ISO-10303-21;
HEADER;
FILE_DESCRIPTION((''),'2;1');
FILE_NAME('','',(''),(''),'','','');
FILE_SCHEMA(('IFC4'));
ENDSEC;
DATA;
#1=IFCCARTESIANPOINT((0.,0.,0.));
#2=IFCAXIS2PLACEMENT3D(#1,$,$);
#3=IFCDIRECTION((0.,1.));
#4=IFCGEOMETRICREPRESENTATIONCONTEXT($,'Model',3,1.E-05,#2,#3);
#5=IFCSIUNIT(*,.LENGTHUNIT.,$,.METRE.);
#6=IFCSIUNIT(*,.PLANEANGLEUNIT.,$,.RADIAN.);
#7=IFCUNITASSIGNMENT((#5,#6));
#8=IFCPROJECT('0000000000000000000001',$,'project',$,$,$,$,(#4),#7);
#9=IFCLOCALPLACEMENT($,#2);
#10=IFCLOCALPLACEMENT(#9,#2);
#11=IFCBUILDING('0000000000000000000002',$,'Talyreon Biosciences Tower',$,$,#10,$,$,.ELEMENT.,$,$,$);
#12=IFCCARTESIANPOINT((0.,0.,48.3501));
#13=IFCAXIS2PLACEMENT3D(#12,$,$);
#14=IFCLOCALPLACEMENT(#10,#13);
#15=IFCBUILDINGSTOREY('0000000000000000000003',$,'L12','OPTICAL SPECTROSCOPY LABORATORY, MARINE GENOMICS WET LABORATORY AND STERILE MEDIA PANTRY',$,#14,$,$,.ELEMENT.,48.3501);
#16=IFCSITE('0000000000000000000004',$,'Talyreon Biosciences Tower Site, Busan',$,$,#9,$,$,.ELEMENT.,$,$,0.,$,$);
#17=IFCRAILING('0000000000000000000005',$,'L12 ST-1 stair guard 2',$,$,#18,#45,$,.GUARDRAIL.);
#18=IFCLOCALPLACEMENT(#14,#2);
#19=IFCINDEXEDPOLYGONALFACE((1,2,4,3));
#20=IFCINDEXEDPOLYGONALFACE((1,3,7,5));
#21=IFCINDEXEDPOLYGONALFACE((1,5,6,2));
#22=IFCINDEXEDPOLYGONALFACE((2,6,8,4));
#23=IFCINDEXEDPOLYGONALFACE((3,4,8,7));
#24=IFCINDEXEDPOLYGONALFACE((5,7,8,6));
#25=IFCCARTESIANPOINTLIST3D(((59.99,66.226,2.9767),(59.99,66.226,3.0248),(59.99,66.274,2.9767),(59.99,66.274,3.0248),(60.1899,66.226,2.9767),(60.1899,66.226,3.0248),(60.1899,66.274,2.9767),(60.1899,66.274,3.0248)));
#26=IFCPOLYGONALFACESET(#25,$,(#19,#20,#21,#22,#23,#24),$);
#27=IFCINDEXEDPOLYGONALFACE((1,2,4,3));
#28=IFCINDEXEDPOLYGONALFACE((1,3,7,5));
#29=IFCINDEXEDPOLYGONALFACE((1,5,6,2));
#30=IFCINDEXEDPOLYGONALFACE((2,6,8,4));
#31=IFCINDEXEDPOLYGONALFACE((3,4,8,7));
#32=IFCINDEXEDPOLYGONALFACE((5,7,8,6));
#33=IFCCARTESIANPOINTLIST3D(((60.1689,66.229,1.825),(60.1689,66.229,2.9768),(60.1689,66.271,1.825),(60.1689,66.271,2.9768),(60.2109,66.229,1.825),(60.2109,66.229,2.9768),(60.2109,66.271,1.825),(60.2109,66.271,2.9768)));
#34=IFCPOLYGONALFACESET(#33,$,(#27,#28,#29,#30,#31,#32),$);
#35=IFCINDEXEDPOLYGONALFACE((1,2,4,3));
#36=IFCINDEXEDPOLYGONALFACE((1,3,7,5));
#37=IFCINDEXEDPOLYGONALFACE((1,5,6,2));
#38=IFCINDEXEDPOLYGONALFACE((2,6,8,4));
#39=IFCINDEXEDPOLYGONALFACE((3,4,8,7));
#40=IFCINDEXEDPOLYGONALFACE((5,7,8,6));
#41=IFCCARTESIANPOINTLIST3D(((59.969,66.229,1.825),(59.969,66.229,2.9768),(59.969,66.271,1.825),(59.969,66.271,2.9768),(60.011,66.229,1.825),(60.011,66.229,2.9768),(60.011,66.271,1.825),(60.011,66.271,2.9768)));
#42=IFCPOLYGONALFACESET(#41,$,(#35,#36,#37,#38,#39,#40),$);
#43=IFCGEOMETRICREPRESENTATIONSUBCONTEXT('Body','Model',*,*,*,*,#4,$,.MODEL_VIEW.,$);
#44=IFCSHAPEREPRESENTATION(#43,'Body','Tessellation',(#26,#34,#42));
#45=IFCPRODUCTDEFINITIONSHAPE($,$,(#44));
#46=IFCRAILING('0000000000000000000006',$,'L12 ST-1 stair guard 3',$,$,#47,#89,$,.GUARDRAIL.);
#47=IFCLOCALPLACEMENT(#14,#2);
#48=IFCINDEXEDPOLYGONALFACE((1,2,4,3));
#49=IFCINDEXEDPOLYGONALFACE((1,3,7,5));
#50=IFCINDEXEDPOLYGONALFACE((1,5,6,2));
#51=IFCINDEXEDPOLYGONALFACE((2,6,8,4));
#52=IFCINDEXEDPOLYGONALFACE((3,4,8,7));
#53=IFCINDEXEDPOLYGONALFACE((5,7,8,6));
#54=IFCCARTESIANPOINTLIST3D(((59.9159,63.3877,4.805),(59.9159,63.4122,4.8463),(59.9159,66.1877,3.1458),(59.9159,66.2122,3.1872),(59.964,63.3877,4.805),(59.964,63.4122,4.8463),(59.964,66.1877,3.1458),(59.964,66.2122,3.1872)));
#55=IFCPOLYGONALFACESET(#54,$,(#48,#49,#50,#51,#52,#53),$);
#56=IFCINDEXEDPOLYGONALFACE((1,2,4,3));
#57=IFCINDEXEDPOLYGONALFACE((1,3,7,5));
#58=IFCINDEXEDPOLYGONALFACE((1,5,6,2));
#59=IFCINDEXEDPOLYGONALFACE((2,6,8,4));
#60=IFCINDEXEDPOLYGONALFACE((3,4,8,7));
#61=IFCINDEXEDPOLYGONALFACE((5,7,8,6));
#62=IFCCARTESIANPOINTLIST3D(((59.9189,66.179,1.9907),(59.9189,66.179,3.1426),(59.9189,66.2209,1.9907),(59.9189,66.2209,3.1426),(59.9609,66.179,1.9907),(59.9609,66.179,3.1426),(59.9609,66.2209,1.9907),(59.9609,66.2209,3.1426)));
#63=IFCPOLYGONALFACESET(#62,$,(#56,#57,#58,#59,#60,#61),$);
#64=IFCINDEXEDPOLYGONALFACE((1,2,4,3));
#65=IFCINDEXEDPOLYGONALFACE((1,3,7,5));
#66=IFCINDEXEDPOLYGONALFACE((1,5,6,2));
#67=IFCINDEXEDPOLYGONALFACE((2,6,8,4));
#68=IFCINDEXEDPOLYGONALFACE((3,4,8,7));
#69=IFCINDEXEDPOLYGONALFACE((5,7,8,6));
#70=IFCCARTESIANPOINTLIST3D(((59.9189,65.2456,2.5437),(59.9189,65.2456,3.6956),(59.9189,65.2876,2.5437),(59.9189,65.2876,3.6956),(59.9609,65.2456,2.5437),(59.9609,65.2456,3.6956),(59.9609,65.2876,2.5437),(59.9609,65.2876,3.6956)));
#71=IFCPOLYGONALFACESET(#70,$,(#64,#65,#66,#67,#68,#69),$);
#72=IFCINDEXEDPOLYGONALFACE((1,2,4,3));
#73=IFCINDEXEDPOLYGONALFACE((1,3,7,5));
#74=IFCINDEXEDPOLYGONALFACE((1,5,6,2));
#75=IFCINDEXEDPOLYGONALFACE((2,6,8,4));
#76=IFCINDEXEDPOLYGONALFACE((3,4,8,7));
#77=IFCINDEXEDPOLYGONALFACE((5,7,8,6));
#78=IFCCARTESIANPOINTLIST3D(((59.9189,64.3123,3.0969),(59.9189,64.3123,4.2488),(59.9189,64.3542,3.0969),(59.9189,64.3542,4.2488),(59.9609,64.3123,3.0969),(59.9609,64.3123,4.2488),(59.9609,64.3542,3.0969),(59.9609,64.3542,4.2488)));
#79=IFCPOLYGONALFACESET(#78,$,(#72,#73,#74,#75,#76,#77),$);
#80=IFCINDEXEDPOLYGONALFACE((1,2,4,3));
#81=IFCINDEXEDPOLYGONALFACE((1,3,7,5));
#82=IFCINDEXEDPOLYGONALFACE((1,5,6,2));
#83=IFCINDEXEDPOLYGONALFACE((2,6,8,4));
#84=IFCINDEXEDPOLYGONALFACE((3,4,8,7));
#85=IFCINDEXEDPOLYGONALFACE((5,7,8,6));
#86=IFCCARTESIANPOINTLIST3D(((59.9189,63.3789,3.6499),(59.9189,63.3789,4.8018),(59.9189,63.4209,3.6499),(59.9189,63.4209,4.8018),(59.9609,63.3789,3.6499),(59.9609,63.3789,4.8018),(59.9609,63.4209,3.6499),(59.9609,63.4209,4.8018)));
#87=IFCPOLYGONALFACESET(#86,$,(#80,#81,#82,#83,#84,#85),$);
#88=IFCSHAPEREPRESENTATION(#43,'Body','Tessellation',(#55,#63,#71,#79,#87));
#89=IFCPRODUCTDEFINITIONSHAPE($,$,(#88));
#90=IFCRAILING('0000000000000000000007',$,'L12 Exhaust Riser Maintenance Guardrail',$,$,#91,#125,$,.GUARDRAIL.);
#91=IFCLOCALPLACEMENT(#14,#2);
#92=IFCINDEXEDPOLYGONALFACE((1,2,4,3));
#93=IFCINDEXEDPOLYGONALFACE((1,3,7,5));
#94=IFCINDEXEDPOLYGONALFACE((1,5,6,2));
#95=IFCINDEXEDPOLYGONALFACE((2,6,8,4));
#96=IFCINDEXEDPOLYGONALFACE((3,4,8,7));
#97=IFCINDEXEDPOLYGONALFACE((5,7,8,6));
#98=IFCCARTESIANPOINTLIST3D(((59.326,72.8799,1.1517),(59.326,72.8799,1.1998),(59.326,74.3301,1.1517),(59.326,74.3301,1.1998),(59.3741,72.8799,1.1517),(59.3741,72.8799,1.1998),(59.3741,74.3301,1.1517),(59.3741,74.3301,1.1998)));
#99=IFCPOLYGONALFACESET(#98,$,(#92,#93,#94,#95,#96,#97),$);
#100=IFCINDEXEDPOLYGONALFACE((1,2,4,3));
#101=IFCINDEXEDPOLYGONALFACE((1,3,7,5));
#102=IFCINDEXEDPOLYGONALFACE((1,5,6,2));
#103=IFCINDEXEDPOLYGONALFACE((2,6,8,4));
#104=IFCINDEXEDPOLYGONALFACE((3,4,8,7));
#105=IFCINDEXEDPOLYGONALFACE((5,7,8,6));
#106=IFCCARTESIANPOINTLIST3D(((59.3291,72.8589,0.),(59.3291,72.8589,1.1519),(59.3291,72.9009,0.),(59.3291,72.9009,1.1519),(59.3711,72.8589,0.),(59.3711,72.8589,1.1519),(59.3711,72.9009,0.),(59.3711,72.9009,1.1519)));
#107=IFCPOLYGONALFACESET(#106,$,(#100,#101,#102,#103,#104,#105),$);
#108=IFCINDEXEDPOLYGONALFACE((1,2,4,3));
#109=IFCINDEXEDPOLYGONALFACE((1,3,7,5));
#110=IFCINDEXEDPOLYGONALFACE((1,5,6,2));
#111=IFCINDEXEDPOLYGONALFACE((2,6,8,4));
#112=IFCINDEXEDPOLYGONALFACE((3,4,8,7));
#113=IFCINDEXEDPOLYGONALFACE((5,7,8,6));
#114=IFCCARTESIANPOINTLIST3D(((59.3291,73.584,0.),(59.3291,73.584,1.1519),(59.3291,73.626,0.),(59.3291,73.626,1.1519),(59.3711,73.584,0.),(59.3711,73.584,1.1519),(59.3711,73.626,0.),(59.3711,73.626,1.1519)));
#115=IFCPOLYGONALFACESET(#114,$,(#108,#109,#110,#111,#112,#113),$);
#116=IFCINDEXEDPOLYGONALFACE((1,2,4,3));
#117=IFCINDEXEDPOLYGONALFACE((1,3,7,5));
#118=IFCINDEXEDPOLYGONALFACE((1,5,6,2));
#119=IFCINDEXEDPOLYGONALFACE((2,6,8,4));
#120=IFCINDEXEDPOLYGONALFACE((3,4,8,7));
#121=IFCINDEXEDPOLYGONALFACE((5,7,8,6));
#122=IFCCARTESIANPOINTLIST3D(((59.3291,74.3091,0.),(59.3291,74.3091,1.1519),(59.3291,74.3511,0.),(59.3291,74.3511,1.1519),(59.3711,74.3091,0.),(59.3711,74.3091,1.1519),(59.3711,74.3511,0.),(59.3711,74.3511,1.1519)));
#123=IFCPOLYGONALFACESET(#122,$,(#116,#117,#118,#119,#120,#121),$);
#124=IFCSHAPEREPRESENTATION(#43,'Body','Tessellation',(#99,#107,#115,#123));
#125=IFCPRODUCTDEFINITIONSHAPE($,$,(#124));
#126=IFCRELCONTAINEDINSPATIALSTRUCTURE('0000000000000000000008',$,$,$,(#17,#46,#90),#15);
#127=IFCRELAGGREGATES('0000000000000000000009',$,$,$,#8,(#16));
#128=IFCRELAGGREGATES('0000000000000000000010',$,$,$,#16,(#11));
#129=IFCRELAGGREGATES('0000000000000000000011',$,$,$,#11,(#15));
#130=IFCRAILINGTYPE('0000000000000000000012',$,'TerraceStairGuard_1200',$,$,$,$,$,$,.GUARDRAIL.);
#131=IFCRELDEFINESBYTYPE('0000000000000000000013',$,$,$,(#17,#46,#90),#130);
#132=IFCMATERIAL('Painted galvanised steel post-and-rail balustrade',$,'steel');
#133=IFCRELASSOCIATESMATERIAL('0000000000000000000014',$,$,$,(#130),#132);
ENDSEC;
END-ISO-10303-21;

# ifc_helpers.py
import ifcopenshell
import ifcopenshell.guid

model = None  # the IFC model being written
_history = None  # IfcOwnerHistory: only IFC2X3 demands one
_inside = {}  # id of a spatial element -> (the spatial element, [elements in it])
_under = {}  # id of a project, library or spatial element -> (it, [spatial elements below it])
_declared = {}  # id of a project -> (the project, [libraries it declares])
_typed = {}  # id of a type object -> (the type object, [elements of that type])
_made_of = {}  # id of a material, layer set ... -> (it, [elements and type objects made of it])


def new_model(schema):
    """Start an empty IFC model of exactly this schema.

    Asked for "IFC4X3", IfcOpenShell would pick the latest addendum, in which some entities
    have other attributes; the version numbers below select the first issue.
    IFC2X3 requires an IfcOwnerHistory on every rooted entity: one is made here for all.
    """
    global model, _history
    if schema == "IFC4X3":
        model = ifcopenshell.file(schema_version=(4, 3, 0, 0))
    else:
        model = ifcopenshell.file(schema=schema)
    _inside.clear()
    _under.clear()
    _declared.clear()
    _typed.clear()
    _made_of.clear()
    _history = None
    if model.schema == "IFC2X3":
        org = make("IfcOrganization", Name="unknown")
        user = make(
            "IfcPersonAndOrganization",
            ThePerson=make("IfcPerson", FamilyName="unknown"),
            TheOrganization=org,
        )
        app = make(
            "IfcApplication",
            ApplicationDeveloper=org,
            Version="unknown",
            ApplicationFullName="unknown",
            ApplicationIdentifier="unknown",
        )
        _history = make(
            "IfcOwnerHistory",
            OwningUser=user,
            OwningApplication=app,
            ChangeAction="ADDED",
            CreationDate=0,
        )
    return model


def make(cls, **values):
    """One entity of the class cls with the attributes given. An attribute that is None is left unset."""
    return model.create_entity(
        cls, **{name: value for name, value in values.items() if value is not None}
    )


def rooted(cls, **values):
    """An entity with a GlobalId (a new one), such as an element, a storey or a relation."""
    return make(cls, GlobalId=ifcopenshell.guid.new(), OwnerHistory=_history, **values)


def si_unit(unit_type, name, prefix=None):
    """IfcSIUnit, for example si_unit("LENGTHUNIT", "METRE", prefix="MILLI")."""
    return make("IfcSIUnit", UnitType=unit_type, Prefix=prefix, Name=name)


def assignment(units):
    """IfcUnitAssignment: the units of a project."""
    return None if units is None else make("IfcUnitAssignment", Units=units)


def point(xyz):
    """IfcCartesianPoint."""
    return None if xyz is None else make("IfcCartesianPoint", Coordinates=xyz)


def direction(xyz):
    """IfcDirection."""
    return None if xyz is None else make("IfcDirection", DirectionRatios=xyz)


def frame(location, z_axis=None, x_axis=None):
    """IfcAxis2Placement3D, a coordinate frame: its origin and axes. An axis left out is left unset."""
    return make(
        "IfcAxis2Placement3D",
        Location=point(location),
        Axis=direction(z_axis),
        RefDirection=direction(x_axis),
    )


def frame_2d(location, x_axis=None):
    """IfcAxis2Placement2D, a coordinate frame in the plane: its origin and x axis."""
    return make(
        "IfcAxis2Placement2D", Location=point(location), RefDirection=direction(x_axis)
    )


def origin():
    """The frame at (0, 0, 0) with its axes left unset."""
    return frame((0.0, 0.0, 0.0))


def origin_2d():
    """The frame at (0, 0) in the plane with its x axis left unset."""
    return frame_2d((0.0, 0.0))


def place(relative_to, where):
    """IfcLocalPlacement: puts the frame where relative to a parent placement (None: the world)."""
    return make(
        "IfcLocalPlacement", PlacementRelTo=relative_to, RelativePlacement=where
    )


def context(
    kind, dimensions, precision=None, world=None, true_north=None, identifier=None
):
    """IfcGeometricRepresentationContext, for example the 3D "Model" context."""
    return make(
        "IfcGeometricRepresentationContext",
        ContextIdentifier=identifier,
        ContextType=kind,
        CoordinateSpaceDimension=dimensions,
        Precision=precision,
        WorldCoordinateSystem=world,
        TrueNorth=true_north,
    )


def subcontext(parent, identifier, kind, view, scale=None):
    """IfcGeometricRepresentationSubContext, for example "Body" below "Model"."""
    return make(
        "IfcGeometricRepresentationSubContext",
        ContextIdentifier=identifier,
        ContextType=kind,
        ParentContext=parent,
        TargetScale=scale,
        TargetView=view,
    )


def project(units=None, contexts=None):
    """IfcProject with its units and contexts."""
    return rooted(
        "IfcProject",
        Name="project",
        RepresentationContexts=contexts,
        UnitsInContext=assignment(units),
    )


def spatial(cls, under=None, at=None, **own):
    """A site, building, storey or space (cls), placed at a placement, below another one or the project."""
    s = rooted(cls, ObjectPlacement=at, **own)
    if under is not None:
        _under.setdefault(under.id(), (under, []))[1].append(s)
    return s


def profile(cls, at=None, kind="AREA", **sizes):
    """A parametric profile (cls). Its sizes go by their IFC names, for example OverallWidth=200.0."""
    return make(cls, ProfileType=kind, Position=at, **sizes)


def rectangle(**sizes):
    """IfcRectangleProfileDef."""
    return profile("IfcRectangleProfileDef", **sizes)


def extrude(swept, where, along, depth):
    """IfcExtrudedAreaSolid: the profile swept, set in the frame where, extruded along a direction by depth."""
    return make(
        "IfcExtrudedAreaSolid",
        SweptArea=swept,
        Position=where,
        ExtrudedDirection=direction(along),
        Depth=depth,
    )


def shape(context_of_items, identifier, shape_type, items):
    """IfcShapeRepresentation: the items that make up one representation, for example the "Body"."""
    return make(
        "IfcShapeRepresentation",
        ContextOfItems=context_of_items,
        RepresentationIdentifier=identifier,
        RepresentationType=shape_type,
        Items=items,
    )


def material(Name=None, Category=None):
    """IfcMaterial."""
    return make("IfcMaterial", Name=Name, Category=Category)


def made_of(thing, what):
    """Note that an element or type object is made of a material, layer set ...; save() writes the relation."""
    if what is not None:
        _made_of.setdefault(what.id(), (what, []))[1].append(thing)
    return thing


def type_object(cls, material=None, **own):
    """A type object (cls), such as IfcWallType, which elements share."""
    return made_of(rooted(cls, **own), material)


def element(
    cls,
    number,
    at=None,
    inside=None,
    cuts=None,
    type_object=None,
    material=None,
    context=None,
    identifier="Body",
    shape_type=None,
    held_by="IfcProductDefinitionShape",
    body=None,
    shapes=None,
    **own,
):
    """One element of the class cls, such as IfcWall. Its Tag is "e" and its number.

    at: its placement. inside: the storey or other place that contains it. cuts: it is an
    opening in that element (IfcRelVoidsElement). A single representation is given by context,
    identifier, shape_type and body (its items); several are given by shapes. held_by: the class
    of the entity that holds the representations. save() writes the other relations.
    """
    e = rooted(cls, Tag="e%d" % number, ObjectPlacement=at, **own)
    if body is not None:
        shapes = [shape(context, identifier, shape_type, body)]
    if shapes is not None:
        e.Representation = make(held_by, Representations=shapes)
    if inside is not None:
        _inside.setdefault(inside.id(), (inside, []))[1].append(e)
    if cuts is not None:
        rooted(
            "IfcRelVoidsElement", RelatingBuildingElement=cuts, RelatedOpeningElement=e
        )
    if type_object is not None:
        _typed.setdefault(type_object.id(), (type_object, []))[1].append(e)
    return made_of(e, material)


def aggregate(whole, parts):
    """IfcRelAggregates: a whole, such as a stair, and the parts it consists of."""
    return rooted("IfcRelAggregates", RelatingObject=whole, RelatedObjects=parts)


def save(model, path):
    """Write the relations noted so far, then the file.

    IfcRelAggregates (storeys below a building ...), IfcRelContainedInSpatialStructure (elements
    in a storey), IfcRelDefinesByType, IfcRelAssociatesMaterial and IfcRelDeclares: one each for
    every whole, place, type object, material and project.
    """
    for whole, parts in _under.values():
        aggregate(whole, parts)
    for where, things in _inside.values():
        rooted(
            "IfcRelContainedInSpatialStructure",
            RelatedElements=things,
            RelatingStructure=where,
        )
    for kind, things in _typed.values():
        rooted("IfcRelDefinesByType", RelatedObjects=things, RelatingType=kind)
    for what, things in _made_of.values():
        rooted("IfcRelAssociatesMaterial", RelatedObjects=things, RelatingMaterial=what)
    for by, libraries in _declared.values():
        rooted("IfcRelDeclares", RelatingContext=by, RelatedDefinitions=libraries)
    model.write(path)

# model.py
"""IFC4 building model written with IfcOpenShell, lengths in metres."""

from ifc_helpers import new_model, si_unit, direction, frame, origin, origin_2d, place, context, subcontext, project, spatial, rectangle, extrude, material, type_object, element, save


model = new_model("IFC4")

# Units and contexts
model_context = context("Model", 3, precision=1e-05, world=origin(), true_north=direction((0.0, 1.0)))
body_context = subcontext(model_context, "Body", "Model", "MODEL_VIEW")
ifc_project = project(units=[si_unit("LENGTHUNIT", "METRE"), si_unit("PLANEANGLEUNIT", "RADIAN")], contexts=[model_context])

# Site, building, storey
site_placement = place(None, origin())
site = spatial("IfcSite", under=ifc_project, at=site_placement, Name="Talyreon Biosciences Tower Site, Busan", CompositionType="ELEMENT", RefElevation=0.0)
building_placement = place(site_placement, origin())
building = spatial("IfcBuilding", under=site, at=building_placement, Name="Talyreon Biosciences Tower", CompositionType="ELEMENT")
storey_placement = place(building_placement, frame((0.0, 0.0, 48.3501)))
storey = spatial("IfcBuildingStorey", under=building, at=storey_placement, Name="L12", Description="OPTICAL SPECTROSCOPY LABORATORY, MARINE GENOMICS WET LABORATORY AND STERILE MEDIA PANTRY", CompositionType="ELEMENT", Elevation=48.3501)

# Railings
ifc_material_1 = material(Name="Painted galvanised steel post-and-rail balustrade", Category="steel")
railing_type_1 = type_object("IfcRailingType", Name="TerraceStairGuard_1200", PredefinedType="GUARDRAIL", material=ifc_material_1)
railing_1_placement = place(storey_placement, frame((60.1899, 66.25, 1.825)))
element("IfcRailing", 1, at=railing_1_placement, inside=storey, type_object=railing_type_1, Name="L12 ST-1 stair guard 2", PredefinedType="GUARDRAIL", context=body_context, shape_type="SweptSolid", body=[
    extrude(rectangle(XDim=0.0481, YDim=0.0481, at=origin_2d()), frame((0.0, 0.0, 1.1758), z_axis=(-1.0, 0.0, 0.0), x_axis=(0.0, -1.0, 0.0)), (0.0, 0.0, 1.0), 0.2),
    extrude(rectangle(XDim=0.042, YDim=0.042, at=origin_2d()), origin(), (0.0, 0.0, 1.0), 1.1519),
    extrude(rectangle(XDim=0.042, YDim=0.042, at=origin_2d()), frame((-0.2, 0.0, 0.0)), (0.0, 0.0, 1.0), 1.1519),
])
railing_2_placement = place(storey_placement, frame((59.9399, 66.2, 1.9907)))
element("IfcRailing", 2, at=railing_2_placement, inside=storey, type_object=railing_type_1, Name="L12 ST-1 stair guard 3", PredefinedType="GUARDRAIL", context=body_context, shape_type="SweptSolid", body=[
    extrude(rectangle(XDim=0.0481, YDim=0.0481, at=origin_2d()), frame((0.0, 0.0, 1.1758), z_axis=(0.0, -0.860306, 0.509778), x_axis=(1.0, 0.0, 0.0)), (0.0, 0.0, 1.0), 3.2546),
    extrude(rectangle(XDim=0.042, YDim=0.042, at=origin_2d()), origin(), (0.0, 0.0, 1.0), 1.1519),
    extrude(rectangle(XDim=0.042, YDim=0.042, at=origin_2d()), frame((0.0, -0.9333, 0.553)), (0.0, 0.0, 1.0), 1.1519),
    extrude(rectangle(XDim=0.042, YDim=0.042, at=origin_2d()), frame((0.0, -1.8667, 1.1062)), (0.0, 0.0, 1.0), 1.1519),
    extrude(rectangle(XDim=0.042, YDim=0.042, at=origin_2d()), frame((0.0, -2.8, 1.6592)), (0.0, 0.0, 1.0), 1.1519),
])
railing_3_placement = place(storey_placement, frame((59.3501, 72.8799, 0.0)))
element("IfcRailing", 3, at=railing_3_placement, inside=storey, type_object=railing_type_1, Name="L12 Exhaust Riser Maintenance Guardrail", PredefinedType="GUARDRAIL", context=body_context, shape_type="SweptSolid", body=[
    extrude(rectangle(XDim=0.0481, YDim=0.0481, at=origin_2d()), frame((0.0, 0.0, 1.1758), z_axis=(0.0, 1.0, 0.0), x_axis=(-1.0, 0.0, 0.0)), (0.0, 0.0, 1.0), 1.4502),
    extrude(rectangle(XDim=0.042, YDim=0.042, at=origin_2d()), origin(), (0.0, 0.0, 1.0), 1.1519),
    extrude(rectangle(XDim=0.042, YDim=0.042, at=origin_2d()), frame((0.0, 0.7251, 0.0)), (0.0, 0.0, 1.0), 1.1519),
    extrude(rectangle(XDim=0.042, YDim=0.042, at=origin_2d()), frame((0.0, 1.4502, 0.0)), (0.0, 0.0, 1.0), 1.1519),
])

save(model, "model.ifc")
